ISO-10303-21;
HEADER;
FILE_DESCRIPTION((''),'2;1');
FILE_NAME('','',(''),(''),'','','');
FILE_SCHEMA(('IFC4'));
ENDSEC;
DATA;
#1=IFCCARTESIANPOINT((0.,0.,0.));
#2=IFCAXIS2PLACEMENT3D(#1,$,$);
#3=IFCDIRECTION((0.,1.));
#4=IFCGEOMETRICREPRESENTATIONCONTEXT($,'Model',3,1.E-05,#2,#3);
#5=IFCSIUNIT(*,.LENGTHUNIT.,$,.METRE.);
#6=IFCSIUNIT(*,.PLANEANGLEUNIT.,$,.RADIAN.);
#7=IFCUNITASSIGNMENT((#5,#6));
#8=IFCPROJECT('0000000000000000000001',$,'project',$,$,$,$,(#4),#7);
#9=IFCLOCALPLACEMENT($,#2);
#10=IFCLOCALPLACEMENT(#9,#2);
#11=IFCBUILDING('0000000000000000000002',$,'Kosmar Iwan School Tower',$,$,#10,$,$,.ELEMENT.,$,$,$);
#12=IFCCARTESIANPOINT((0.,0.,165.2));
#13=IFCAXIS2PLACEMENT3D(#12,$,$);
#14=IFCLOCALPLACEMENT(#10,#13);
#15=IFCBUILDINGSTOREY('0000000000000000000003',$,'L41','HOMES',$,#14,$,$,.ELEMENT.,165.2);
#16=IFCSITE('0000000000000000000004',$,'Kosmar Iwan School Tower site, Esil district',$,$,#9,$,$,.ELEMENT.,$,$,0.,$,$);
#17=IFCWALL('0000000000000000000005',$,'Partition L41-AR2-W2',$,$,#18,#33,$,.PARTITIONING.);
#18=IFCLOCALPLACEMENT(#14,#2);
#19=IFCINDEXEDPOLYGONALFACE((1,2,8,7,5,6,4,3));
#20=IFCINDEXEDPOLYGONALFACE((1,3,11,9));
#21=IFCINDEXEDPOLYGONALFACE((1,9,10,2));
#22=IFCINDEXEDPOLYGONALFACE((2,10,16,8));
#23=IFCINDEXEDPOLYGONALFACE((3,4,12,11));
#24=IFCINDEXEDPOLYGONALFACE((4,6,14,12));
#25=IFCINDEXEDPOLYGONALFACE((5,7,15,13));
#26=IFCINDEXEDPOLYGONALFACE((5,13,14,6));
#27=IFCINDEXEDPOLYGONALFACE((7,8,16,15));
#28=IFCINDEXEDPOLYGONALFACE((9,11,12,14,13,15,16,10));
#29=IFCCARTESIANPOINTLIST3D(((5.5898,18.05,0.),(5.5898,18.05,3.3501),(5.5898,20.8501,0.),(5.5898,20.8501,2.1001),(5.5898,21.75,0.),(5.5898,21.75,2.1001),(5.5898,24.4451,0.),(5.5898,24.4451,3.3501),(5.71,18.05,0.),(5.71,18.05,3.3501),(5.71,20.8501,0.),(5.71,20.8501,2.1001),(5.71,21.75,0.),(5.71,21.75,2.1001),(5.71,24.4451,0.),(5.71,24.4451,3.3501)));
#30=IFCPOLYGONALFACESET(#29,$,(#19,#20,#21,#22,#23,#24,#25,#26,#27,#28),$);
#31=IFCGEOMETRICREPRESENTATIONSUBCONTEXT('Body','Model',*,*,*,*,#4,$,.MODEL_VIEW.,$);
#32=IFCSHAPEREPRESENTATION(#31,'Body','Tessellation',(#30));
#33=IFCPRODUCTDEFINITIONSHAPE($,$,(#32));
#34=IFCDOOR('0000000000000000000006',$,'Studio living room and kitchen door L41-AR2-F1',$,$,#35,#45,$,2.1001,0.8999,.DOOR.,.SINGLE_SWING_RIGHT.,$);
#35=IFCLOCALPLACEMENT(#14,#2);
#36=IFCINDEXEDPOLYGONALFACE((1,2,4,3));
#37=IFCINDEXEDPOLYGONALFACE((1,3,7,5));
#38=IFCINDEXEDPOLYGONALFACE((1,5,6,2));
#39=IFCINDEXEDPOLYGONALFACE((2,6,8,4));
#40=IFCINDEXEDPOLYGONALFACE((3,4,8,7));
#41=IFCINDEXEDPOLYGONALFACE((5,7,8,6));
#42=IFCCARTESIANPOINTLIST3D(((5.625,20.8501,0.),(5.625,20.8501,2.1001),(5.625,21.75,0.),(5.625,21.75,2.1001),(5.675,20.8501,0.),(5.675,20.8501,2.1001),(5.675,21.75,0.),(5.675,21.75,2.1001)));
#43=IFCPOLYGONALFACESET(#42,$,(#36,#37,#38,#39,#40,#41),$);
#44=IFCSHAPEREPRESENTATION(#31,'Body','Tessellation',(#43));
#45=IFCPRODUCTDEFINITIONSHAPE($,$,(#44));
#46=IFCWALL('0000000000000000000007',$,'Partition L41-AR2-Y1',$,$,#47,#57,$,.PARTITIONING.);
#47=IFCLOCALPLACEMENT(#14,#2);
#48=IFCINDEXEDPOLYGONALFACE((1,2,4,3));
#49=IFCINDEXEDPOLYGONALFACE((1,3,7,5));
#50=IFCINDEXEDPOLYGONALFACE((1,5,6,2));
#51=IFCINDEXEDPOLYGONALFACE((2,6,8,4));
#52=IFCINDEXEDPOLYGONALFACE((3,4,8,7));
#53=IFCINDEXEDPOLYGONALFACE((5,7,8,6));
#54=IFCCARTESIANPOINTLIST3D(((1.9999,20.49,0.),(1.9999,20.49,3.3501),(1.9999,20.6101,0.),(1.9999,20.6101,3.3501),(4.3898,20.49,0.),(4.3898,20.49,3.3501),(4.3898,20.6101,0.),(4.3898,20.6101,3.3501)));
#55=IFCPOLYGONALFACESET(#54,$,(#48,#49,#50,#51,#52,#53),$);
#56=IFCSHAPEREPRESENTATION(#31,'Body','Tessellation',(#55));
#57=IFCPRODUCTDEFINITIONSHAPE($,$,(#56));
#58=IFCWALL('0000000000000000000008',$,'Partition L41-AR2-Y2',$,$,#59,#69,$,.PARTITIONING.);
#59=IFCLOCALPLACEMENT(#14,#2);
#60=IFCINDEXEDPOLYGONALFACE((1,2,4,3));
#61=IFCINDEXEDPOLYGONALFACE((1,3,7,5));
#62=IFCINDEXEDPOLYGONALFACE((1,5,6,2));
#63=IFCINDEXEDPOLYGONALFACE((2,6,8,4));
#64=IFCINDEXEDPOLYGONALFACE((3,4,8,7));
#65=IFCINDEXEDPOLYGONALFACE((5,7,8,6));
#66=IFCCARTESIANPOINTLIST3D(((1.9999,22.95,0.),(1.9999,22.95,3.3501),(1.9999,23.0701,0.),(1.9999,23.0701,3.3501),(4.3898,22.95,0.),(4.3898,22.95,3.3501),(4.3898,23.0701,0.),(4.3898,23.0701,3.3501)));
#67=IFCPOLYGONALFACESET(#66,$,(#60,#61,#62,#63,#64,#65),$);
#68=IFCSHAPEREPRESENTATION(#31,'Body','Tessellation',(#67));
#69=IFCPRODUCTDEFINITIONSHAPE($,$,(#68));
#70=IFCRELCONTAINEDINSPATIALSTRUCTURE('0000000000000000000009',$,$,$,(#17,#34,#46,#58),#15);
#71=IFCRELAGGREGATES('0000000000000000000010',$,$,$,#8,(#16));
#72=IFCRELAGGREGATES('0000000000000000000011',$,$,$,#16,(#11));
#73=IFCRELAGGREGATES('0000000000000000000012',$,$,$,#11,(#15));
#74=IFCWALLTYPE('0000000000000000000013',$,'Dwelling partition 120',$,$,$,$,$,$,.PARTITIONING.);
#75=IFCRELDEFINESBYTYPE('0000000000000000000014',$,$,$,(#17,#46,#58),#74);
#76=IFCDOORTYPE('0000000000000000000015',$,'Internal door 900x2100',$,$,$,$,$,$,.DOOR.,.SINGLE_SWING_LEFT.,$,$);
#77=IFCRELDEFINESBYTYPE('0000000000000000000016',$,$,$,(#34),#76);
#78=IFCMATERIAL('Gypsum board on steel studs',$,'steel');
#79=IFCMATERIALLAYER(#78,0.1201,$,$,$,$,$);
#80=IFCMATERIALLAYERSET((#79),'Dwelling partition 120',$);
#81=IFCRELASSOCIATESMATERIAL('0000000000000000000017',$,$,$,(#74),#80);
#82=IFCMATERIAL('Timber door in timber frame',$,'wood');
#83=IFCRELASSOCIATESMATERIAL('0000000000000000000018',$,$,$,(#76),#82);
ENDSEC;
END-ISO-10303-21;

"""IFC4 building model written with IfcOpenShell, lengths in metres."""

from ifc_helpers import new_model, si_unit, direction, frame, frame_2d, origin, place, context, subcontext, project, spatial, rectangle, extrude, material, layer, layer_set, type_object, element, fill, save


model = new_model("IFC4")

# Units and contexts
model_context = context("Model", 3, precision=1e-05, world=origin(), true_north=direction((0.0, 1.0)))
body_context = subcontext(model_context, "Body", "Model", "MODEL_VIEW")
ifc_project = project(units=[si_unit("LENGTHUNIT", "METRE"), si_unit("PLANEANGLEUNIT", "RADIAN")], contexts=[model_context])

# Site, building, storey
site_placement = place(None, origin())
site = spatial("IfcSite", under=ifc_project, at=site_placement, Name="Kosmar Iwan School Tower site, Esil district", CompositionType="ELEMENT", RefElevation=0.0)
building_placement = place(site_placement, origin())
building = spatial("IfcBuilding", under=site, at=building_placement, Name="Kosmar Iwan School Tower", CompositionType="ELEMENT")
storey_placement = place(building_placement, frame((0.0, 0.0, 165.2)))
storey = spatial("IfcBuildingStorey", under=building, at=storey_placement, Name="L41", Description="HOMES", CompositionType="ELEMENT", Elevation=165.2)

# Wall, opening, door
ifc_material_1 = material(Name="Gypsum board on steel studs", Category="steel")
ifc_layer_1 = layer(ifc_material_1, 0.1201)
ifc_layer_set_1 = layer_set([ifc_layer_1], Name="Dwelling partition 120")
wall_type_1 = type_object("IfcWallType", Name="Dwelling partition 120", PredefinedType="PARTITIONING", material=ifc_layer_set_1)
wall_1_placement = place(storey_placement, frame((5.6499, 18.05, 0.0), z_axis=(0.0, 0.0, 1.0), x_axis=(0.0, 1.0, 0.0)))
wall_1 = element("IfcWall", 1, at=wall_1_placement, inside=storey, type_object=wall_type_1, Name="Partition L41-AR2-W2", PredefinedType="PARTITIONING", context=body_context, shape_type="SweptSolid", body=[
    extrude(rectangle(XDim=6.395, YDim=0.1201, at=frame_2d((3.1975, 0.0))), origin(), (0.0, 0.0, 1.0), 3.3501),
])
opening_1_placement = place(wall_1_placement, frame((2.8, 0.0, 0.0)))
opening_1 = element("IfcOpeningElement", 2, at=opening_1_placement, cuts=wall_1, PredefinedType="OPENING", context=body_context, shape_type="SweptSolid", body=[
    extrude(rectangle(XDim=0.8999, YDim=2.1001, at=frame_2d((0.45, 1.05))), frame((0.0, 0.072, 0.0), z_axis=(0.0, -1.0, 0.0), x_axis=(1.0, 0.0, 0.0)), (0.0, 0.0, 1.0), 0.144),
])
ifc_material_2 = material(Name="Timber door in timber frame", Category="wood")
door_type_1 = type_object("IfcDoorType", Name="Internal door 900x2100", OperationType="SINGLE_SWING_LEFT", PredefinedType="DOOR", material=ifc_material_2)
door_1_placement = place(opening_1_placement, origin())
door_1 = element("IfcDoor", 3, at=door_1_placement, inside=storey, type_object=door_type_1, Name="Studio living room and kitchen door L41-AR2-F1", OperationType="SINGLE_SWING_RIGHT", OverallHeight=2.1001, OverallWidth=0.8999, PredefinedType="DOOR", context=body_context, shape_type="SweptSolid", body=[
    extrude(rectangle(XDim=0.8999, YDim=2.1001, at=frame_2d((0.45, 1.05))), frame((0.0, 0.0249, 0.0), z_axis=(0.0, -1.0, 0.0), x_axis=(1.0, 0.0, 0.0)), (0.0, 0.0, 1.0), 0.05),
])
fill(opening_1, door_1)

# Walls
for number, where, z_axis, x_axis, name in (
    (4, (2.0, 20.55, 0.0), (0.0, 0.0, 1.0), (1.0, 0.0, 0.0), "Partition L41-AR2-Y1"),
    (5, (2.0, 23.01, 0.0), (0.0, 0.0, 1.0), (1.0, 0.0, 0.0), "Partition L41-AR2-Y2"),
):
    element("IfcWall", number, at=place(storey_placement, frame(where, z_axis=z_axis, x_axis=x_axis)), inside=storey, type_object=wall_type_1, Name=name, PredefinedType="PARTITIONING", context=body_context, shape_type="SweptSolid", body=[
        extrude(rectangle(XDim=2.3899, YDim=0.1201, at=frame_2d((1.1948, 0.0))), origin(), (0.0, 0.0, 1.0), 3.3501),
    ])

save(model, "model.ifc")
